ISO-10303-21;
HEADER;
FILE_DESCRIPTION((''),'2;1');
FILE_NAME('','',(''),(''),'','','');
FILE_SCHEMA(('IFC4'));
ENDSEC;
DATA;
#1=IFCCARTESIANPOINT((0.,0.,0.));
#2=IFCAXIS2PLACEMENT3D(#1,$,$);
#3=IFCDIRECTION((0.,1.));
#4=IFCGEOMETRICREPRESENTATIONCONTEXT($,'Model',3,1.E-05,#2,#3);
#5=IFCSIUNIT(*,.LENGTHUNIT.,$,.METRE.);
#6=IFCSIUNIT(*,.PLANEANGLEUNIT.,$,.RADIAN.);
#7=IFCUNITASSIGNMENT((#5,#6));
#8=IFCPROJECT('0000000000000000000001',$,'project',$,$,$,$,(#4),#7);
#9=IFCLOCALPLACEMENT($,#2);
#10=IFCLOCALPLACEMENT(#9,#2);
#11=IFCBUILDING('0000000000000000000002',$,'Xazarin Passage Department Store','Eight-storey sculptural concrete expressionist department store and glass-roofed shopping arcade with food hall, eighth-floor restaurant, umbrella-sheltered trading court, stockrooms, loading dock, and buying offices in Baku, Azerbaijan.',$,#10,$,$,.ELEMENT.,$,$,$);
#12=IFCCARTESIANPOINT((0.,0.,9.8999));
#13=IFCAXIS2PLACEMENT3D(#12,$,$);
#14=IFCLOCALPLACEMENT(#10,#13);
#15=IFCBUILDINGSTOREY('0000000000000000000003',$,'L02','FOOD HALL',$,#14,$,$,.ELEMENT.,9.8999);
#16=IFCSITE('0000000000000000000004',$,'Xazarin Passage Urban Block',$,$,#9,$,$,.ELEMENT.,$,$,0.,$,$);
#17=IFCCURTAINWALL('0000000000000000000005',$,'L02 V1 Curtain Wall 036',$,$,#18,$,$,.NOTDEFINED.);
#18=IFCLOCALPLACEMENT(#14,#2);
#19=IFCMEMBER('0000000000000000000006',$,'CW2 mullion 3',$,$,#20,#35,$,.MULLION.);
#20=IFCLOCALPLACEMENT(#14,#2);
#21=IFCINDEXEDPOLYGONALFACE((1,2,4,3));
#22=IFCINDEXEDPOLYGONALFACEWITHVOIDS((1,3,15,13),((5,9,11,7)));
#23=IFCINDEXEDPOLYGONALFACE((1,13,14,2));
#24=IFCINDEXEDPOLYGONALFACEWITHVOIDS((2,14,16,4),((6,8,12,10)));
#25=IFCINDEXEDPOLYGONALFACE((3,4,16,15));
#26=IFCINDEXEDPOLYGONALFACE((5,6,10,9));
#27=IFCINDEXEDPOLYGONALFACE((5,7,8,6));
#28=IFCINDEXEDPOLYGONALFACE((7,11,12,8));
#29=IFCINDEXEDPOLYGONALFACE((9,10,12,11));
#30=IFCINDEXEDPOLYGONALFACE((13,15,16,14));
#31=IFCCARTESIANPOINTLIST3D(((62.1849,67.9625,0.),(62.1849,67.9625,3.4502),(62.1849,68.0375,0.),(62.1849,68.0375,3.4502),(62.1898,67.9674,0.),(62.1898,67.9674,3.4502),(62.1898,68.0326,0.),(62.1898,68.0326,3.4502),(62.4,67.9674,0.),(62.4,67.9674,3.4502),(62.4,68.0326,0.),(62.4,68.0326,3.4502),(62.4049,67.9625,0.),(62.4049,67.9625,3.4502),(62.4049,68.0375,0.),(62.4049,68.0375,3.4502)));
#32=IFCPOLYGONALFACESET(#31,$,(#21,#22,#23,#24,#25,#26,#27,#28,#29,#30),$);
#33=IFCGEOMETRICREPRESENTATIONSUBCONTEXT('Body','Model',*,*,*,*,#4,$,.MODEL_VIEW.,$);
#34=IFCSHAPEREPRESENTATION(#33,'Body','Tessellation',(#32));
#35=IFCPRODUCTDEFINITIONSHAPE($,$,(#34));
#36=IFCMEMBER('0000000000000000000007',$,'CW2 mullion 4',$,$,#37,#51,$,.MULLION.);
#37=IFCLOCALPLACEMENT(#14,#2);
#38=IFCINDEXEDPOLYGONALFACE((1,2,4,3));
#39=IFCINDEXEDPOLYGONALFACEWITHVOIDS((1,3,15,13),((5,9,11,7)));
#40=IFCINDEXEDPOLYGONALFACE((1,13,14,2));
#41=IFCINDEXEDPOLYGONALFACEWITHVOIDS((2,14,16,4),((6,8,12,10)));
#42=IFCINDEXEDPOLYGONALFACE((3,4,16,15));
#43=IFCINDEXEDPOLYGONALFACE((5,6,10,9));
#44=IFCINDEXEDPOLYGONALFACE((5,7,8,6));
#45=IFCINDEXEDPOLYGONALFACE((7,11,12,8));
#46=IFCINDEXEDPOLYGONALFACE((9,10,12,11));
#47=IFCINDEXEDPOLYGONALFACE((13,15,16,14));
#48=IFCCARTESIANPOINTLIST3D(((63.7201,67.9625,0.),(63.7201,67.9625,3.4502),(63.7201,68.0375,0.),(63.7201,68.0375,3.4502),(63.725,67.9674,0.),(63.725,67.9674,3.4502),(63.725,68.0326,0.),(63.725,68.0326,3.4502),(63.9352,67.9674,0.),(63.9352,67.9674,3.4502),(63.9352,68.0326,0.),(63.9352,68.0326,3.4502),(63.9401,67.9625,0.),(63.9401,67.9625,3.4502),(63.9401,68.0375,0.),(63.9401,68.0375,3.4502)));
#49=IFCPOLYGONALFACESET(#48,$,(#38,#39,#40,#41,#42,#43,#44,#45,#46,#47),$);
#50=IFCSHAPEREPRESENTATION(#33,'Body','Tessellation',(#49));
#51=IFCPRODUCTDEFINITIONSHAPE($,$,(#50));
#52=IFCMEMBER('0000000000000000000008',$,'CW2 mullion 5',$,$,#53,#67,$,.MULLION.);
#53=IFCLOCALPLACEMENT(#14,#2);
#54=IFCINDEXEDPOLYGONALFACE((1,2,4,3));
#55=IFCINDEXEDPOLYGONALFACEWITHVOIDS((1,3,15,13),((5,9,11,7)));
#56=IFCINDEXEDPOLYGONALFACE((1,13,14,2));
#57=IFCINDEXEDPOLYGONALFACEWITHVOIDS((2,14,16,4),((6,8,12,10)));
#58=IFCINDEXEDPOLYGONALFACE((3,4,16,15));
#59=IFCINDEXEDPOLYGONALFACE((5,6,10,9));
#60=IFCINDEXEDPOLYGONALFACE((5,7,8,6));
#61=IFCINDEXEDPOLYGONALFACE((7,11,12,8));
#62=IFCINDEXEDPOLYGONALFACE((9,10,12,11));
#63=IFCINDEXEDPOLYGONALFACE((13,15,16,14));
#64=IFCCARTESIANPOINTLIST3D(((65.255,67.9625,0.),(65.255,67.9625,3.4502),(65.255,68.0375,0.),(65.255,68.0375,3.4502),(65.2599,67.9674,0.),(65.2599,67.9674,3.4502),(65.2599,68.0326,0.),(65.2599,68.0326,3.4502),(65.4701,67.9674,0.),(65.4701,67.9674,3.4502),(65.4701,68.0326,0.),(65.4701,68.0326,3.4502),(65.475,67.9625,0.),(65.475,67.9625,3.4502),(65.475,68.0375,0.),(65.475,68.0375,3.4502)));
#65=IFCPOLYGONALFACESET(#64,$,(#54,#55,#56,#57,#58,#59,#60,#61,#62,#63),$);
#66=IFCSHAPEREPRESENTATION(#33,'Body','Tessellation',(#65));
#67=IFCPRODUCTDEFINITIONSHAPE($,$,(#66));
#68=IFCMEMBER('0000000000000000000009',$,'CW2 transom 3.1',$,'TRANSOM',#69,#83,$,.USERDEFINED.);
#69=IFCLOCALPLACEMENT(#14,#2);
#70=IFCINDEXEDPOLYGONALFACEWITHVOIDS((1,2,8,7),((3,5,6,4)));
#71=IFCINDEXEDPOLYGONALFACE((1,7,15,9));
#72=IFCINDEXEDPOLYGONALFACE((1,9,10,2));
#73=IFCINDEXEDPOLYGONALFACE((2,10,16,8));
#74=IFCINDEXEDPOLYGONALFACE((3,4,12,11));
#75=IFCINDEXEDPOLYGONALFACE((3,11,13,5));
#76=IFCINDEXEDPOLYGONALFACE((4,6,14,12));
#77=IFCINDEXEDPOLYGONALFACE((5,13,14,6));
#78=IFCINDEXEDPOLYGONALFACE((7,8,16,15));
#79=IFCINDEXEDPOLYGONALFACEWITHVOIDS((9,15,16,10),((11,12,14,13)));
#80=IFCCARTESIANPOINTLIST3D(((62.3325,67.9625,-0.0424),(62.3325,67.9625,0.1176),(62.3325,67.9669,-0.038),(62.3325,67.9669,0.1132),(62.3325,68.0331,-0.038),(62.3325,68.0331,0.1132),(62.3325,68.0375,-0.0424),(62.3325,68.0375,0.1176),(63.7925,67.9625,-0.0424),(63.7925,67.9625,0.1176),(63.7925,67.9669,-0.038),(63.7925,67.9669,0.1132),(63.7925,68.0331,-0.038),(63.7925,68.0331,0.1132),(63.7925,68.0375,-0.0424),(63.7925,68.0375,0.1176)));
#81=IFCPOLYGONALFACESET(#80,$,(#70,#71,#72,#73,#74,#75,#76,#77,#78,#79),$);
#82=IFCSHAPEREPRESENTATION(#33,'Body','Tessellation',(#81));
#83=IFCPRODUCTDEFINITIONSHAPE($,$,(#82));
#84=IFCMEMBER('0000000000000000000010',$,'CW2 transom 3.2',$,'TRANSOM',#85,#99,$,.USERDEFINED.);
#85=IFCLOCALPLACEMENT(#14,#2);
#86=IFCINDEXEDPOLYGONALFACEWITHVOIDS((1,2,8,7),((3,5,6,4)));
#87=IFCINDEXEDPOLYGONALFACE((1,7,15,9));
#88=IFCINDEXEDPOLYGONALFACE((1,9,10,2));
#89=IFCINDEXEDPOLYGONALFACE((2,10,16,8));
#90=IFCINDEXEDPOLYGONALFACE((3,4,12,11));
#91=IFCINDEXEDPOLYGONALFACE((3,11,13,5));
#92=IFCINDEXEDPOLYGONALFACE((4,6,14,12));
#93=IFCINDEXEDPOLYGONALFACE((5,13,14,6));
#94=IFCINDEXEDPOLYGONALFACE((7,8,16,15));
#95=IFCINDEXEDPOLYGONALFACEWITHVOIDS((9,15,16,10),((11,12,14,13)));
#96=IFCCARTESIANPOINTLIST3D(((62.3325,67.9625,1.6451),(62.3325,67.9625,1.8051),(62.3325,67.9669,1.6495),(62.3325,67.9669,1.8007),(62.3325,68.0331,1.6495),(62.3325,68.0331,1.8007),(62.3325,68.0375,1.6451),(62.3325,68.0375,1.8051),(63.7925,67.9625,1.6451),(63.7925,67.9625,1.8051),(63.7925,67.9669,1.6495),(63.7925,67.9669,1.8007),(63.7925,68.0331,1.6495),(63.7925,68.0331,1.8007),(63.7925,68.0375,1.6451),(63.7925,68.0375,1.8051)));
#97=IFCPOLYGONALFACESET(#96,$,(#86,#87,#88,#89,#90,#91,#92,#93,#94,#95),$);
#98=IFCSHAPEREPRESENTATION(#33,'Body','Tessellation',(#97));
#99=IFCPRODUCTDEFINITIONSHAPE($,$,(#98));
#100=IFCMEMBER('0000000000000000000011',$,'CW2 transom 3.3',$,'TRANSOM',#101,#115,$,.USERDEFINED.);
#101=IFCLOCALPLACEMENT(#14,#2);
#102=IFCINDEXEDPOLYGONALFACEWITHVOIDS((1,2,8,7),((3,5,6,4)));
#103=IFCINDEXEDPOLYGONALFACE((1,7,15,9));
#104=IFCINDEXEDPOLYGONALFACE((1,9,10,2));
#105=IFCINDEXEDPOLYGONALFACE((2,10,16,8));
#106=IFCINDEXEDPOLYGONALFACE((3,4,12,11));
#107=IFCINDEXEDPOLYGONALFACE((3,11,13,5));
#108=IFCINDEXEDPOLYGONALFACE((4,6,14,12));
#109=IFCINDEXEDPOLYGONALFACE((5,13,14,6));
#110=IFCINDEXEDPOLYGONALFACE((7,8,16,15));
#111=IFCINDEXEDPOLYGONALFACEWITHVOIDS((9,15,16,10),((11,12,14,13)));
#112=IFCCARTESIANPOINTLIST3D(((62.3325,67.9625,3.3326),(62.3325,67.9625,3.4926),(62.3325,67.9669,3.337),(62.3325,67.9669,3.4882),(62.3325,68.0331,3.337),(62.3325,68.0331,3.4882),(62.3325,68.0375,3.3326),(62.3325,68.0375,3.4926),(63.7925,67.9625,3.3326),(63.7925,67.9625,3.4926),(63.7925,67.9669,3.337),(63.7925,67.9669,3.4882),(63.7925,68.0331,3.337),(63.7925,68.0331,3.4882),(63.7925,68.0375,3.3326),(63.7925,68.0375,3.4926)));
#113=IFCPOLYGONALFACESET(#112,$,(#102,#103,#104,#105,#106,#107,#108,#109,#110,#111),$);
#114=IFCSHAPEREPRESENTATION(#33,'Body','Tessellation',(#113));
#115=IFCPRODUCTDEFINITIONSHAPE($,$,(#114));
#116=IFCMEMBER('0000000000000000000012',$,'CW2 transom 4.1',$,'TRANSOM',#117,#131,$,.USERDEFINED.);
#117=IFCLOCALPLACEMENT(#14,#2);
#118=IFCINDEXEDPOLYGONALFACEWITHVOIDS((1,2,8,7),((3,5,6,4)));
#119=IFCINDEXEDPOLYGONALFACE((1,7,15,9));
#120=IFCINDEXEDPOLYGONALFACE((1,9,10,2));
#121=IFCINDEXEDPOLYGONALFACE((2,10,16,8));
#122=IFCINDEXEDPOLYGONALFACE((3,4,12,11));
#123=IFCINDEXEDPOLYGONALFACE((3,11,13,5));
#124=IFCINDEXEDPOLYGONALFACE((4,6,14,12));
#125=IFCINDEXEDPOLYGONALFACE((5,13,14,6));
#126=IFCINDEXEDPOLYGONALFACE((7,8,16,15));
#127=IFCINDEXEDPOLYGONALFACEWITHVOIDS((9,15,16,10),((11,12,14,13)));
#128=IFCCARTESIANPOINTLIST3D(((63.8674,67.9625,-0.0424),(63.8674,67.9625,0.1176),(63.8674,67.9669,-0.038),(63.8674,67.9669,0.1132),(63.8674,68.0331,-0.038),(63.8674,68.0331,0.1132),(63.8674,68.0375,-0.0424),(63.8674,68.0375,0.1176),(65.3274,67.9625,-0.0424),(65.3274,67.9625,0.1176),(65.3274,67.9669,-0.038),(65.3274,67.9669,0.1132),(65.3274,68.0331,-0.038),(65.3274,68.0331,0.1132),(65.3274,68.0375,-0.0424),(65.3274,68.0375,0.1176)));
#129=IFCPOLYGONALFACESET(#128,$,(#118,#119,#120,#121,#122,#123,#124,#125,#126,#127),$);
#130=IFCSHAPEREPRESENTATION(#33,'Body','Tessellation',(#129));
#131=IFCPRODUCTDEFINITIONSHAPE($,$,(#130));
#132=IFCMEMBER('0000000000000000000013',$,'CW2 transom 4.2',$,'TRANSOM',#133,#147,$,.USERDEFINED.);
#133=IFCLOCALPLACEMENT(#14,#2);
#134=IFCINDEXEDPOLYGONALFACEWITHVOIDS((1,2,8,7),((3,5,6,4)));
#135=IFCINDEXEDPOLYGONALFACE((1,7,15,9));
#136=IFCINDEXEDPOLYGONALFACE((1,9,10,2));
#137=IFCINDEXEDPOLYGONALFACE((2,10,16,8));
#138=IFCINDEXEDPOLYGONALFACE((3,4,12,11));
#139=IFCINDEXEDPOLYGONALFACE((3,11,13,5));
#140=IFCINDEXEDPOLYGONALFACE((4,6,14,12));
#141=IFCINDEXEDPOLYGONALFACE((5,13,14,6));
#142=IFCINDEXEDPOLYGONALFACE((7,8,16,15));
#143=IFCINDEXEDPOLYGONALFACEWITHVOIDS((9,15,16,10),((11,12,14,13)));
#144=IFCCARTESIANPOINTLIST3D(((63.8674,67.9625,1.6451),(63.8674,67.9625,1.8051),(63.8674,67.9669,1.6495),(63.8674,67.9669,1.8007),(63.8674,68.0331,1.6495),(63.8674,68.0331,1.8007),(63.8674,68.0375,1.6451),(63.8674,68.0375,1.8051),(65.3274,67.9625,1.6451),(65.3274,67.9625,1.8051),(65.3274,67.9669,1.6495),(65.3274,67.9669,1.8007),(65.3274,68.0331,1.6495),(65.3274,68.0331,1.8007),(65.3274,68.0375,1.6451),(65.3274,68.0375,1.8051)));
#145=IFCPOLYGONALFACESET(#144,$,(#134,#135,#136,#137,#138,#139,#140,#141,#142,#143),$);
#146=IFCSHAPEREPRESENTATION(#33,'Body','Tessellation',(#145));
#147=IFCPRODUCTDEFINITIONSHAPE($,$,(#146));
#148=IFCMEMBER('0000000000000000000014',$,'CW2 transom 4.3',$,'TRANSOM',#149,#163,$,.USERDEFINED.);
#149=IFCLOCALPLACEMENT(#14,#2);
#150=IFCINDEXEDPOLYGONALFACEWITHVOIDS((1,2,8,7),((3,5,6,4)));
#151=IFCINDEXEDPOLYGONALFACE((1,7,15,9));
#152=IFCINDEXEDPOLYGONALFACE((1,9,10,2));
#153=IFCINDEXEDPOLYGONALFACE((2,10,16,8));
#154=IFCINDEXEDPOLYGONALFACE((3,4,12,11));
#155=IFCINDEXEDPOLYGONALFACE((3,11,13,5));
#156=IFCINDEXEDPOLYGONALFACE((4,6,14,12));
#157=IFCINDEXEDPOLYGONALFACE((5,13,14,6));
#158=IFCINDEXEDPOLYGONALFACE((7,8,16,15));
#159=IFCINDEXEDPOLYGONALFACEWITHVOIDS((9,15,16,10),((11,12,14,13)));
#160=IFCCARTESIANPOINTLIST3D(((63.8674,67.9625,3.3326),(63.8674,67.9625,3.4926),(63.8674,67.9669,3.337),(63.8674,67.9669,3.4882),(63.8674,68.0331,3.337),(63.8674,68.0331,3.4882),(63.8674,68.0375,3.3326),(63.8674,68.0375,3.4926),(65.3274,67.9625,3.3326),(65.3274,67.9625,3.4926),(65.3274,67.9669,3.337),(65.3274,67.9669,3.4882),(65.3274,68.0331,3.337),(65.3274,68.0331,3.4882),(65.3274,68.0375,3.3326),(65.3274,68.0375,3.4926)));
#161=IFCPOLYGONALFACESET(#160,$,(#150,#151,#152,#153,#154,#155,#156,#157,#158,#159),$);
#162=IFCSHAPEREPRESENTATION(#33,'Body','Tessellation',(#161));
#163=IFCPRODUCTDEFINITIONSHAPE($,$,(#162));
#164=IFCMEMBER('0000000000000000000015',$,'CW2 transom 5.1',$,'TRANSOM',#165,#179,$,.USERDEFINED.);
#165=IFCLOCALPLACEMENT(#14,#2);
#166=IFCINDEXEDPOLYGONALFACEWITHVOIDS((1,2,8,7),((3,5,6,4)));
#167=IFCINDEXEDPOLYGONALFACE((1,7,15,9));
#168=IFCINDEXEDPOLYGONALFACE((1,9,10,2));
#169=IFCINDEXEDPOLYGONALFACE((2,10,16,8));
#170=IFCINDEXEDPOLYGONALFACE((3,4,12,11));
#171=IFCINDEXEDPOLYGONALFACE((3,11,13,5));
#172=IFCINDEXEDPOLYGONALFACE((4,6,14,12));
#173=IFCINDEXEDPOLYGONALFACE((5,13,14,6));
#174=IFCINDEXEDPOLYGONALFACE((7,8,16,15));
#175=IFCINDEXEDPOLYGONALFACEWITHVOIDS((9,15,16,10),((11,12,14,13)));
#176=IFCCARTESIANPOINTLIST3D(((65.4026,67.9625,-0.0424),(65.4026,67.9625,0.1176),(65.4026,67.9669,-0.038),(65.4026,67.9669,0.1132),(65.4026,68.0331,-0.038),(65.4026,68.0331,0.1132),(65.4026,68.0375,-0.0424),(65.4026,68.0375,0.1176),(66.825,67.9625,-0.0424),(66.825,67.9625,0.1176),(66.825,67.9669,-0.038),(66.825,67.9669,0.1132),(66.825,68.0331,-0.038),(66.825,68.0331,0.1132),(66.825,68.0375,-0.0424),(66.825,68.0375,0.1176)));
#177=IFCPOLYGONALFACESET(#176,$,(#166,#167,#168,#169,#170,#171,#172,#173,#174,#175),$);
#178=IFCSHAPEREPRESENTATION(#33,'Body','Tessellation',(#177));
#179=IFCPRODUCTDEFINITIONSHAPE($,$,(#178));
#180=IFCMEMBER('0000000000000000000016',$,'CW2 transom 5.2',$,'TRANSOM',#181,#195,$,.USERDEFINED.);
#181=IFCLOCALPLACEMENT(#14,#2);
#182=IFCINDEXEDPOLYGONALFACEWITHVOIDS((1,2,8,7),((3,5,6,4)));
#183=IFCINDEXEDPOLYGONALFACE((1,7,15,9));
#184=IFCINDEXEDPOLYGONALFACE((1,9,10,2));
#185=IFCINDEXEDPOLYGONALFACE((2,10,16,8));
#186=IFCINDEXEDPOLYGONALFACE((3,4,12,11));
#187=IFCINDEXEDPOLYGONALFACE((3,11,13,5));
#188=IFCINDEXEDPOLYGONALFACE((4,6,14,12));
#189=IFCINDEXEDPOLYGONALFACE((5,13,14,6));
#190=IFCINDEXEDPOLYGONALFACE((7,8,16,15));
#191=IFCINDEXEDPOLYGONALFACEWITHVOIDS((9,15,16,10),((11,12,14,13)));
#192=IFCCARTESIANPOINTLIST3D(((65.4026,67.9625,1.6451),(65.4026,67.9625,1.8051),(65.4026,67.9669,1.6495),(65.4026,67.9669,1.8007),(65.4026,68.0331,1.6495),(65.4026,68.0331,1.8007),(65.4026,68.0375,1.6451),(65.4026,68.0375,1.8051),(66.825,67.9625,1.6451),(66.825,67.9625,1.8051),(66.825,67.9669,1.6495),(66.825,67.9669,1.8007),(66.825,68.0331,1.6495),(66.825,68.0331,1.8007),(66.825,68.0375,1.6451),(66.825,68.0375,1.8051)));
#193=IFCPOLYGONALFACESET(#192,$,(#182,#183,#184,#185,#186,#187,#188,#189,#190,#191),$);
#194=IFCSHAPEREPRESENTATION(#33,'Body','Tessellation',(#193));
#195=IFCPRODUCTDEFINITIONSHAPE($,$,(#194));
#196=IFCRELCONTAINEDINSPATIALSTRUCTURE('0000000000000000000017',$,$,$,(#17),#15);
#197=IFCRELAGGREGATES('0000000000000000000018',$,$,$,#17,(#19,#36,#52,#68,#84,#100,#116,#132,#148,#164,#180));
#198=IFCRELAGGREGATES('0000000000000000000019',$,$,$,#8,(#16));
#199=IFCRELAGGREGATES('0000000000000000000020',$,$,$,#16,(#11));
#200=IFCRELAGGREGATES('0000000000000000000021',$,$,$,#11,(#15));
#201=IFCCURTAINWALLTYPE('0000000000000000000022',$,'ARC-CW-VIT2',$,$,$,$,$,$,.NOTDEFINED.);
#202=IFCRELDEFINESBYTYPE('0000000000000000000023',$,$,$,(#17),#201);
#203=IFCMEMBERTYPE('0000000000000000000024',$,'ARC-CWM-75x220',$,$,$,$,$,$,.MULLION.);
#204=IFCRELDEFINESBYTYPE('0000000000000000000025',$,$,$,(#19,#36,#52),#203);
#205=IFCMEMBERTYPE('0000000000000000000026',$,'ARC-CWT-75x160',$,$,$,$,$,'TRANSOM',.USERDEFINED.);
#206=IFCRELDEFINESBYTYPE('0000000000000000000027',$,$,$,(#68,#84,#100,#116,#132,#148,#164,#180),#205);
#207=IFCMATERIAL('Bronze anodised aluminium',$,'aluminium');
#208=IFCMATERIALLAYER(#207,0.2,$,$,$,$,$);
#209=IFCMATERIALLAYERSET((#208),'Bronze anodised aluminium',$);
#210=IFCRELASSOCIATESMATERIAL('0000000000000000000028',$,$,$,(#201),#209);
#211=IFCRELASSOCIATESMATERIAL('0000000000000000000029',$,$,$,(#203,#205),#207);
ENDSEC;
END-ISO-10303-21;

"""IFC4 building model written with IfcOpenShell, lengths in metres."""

from ifc_helpers import new_model, si_unit, direction, frame, origin, origin_2d, place, context, subcontext, project, spatial, hollow_rectangle, extrude, material, layer, layer_set, material_profile, profile_set, type_object, element, aggregate, save


model = new_model("IFC4")

# Units and contexts
model_context = context("Model", 3, precision=1e-05, world=origin(), true_north=direction((0.0, 1.0)))
body_context = subcontext(model_context, "Body", "Model", "MODEL_VIEW")
ifc_project = project(units=[si_unit("LENGTHUNIT", "METRE"), si_unit("PLANEANGLEUNIT", "RADIAN")], contexts=[model_context])

# Site, building, storey
site_placement = place(None, origin())
site = spatial("IfcSite", under=ifc_project, at=site_placement, Name="Xazarin Passage Urban Block", CompositionType="ELEMENT", RefElevation=0.0)
building_placement = place(site_placement, origin())
building = spatial("IfcBuilding", under=site, at=building_placement, Name="Xazarin Passage Department Store", Description="Eight-storey sculptural concrete expressionist department store and glass-roofed shopping arcade with food hall, eighth-floor restaurant, umbrella-sheltered trading court, stockrooms, loading dock, and buying offices in Baku, Azerbaijan.", CompositionType="ELEMENT")
storey_placement = place(building_placement, frame((0.0, 0.0, 9.8999)))
storey = spatial("IfcBuildingStorey", under=building, at=storey_placement, Name="L02", Description="FOOD HALL", CompositionType="ELEMENT", Elevation=9.8999)

# Curtain wall, members
ifc_material_1 = material(Name="Bronze anodised aluminium", Category="aluminium")
ifc_layer_1 = layer(ifc_material_1, 0.2)
ifc_layer_set_1 = layer_set([ifc_layer_1], Name="Bronze anodised aluminium")
curtain_wall_type = type_object("IfcCurtainWallType", Name="ARC-CW-VIT2", PredefinedType="NOTDEFINED", material=ifc_layer_set_1)
curtain_wall_placement = place(storey_placement, origin())
curtain_wall = element("IfcCurtainWall", 1, at=curtain_wall_placement, inside=storey, type_object=curtain_wall_type, Name="L02 V1 Curtain Wall 036", PredefinedType="NOTDEFINED")
ifc_material_profile_1 = material_profile(ifc_material_1, hollow_rectangle(XDim=0.075, YDim=0.22, WallThickness=0.0049, at=origin_2d()), Name="ALU 75x220")
ifc_profile_set_1 = profile_set([ifc_material_profile_1], Name="Bronze anodised aluminium")
member_type_1 = type_object("IfcMemberType", Name="ARC-CWM-75x220", PredefinedType="MULLION", material=ifc_profile_set_1)
member_1_placement = place(storey_placement, frame((62.2949, 68.0, 0.0), z_axis=(0.0, 0.0, 1.0), x_axis=(0.0, 1.0, 0.0)))
member_1 = element("IfcMember", 2, at=member_1_placement, type_object=member_type_1, Name="CW2 mullion 3", PredefinedType="MULLION", context=body_context, shape_type="SweptSolid", body=[
    extrude(hollow_rectangle(XDim=0.075, YDim=0.22, WallThickness=0.0049, at=origin_2d()), origin(), (0.0, 0.0, 1.0), 3.4502),
])
member_2_placement = place(storey_placement, frame((63.8301, 68.0, 0.0), z_axis=(0.0, 0.0, 1.0), x_axis=(0.0, 1.0, 0.0)))
member_2 = element("IfcMember", 3, at=member_2_placement, type_object=member_type_1, Name="CW2 mullion 4", PredefinedType="MULLION", context=body_context, shape_type="SweptSolid", body=[
    extrude(hollow_rectangle(XDim=0.075, YDim=0.22, WallThickness=0.0049, at=origin_2d()), origin(), (0.0, 0.0, 1.0), 3.4502),
])
member_3_placement = place(storey_placement, frame((65.365, 68.0, 0.0), z_axis=(0.0, 0.0, 1.0), x_axis=(0.0, 1.0, 0.0)))
member_3 = element("IfcMember", 4, at=member_3_placement, type_object=member_type_1, Name="CW2 mullion 5", PredefinedType="MULLION", context=body_context, shape_type="SweptSolid", body=[
    extrude(hollow_rectangle(XDim=0.075, YDim=0.22, WallThickness=0.0049, at=origin_2d()), origin(), (0.0, 0.0, 1.0), 3.4502),
])
ifc_material_profile_2 = material_profile(ifc_material_1, hollow_rectangle(XDim=0.075, YDim=0.1599, WallThickness=0.0044, at=origin_2d()), Name="ALU 75x160")
ifc_profile_set_2 = profile_set([ifc_material_profile_2], Name="Bronze anodised aluminium")
member_type_2 = type_object("IfcMemberType", Name="ARC-CWT-75x160", ElementType="TRANSOM", PredefinedType="USERDEFINED", material=ifc_profile_set_2)
member_4_placement = place(storey_placement, frame((62.3325, 68.0, 0.0376), z_axis=(1.0, 0.0, 0.0), x_axis=(0.0, 1.0, 0.0)))
member_4 = element("IfcMember", 5, at=member_4_placement, type_object=member_type_2, Name="CW2 transom 3.1", ObjectType="TRANSOM", PredefinedType="USERDEFINED", context=body_context, shape_type="SweptSolid", body=[
    extrude(hollow_rectangle(XDim=0.075, YDim=0.1599, WallThickness=0.0044, at=origin_2d()), origin(), (0.0, 0.0, 1.0), 1.46),
])
member_5_placement = place(storey_placement, frame((62.3325, 68.0, 1.7251), z_axis=(1.0, 0.0, 0.0), x_axis=(0.0, 1.0, 0.0)))
member_5 = element("IfcMember", 6, at=member_5_placement, type_object=member_type_2, Name="CW2 transom 3.2", ObjectType="TRANSOM", PredefinedType="USERDEFINED", context=body_context, shape_type="SweptSolid", body=[
    extrude(hollow_rectangle(XDim=0.075, YDim=0.1599, WallThickness=0.0044, at=origin_2d()), origin(), (0.0, 0.0, 1.0), 1.46),
])
member_6_placement = place(storey_placement, frame((62.3325, 68.0, 3.4126), z_axis=(1.0, 0.0, 0.0), x_axis=(0.0, 1.0, 0.0)))
member_6 = element("IfcMember", 7, at=member_6_placement, type_object=member_type_2, Name="CW2 transom 3.3", ObjectType="TRANSOM", PredefinedType="USERDEFINED", context=body_context, shape_type="SweptSolid", body=[
    extrude(hollow_rectangle(XDim=0.075, YDim=0.1599, WallThickness=0.0044, at=origin_2d()), origin(), (0.0, 0.0, 1.0), 1.46),
])
member_7_placement = place(storey_placement, frame((63.8674, 68.0, 0.0376), z_axis=(1.0, 0.0, 0.0), x_axis=(0.0, 1.0, 0.0)))
member_7 = element("IfcMember", 8, at=member_7_placement, type_object=member_type_2, Name="CW2 transom 4.1", ObjectType="TRANSOM", PredefinedType="USERDEFINED", context=body_context, shape_type="SweptSolid", body=[
    extrude(hollow_rectangle(XDim=0.075, YDim=0.1599, WallThickness=0.0044, at=origin_2d()), origin(), (0.0, 0.0, 1.0), 1.46),
])
member_8_placement = place(storey_placement, frame((63.8674, 68.0, 1.7251), z_axis=(1.0, 0.0, 0.0), x_axis=(0.0, 1.0, 0.0)))
member_8 = element("IfcMember", 9, at=member_8_placement, type_object=member_type_2, Name="CW2 transom 4.2", ObjectType="TRANSOM", PredefinedType="USERDEFINED", context=body_context, shape_type="SweptSolid", body=[
    extrude(hollow_rectangle(XDim=0.075, YDim=0.1599, WallThickness=0.0044, at=origin_2d()), origin(), (0.0, 0.0, 1.0), 1.46),
])
member_9_placement = place(storey_placement, frame((63.8674, 68.0, 3.4126), z_axis=(1.0, 0.0, 0.0), x_axis=(0.0, 1.0, 0.0)))
member_9 = element("IfcMember", 10, at=member_9_placement, type_object=member_type_2, Name="CW2 transom 4.3", ObjectType="TRANSOM", PredefinedType="USERDEFINED", context=body_context, shape_type="SweptSolid", body=[
    extrude(hollow_rectangle(XDim=0.075, YDim=0.1599, WallThickness=0.0044, at=origin_2d()), origin(), (0.0, 0.0, 1.0), 1.46),
])
member_10_placement = place(storey_placement, frame((65.4026, 68.0, 0.0376), z_axis=(1.0, 0.0, 0.0), x_axis=(0.0, 1.0, 0.0)))
member_10 = element("IfcMember", 11, at=member_10_placement, type_object=member_type_2, Name="CW2 transom 5.1", ObjectType="TRANSOM", PredefinedType="USERDEFINED", context=body_context, shape_type="SweptSolid", body=[
    extrude(hollow_rectangle(XDim=0.075, YDim=0.1599, WallThickness=0.0044, at=origin_2d()), origin(), (0.0, 0.0, 1.0), 1.4224),
])
member_11_placement = place(storey_placement, frame((65.4026, 68.0, 1.7251), z_axis=(1.0, 0.0, 0.0), x_axis=(0.0, 1.0, 0.0)))
member_11 = element("IfcMember", 12, at=member_11_placement, type_object=member_type_2, Name="CW2 transom 5.2", ObjectType="TRANSOM", PredefinedType="USERDEFINED", context=body_context, shape_type="SweptSolid", body=[
    extrude(hollow_rectangle(XDim=0.075, YDim=0.1599, WallThickness=0.0044, at=origin_2d()), origin(), (0.0, 0.0, 1.0), 1.4224),
])

aggregate(curtain_wall, [member_1, member_2, member_3, member_4, member_5, member_6, member_7, member_8, member_9, member_10, member_11])

save(model, "model.ifc")
